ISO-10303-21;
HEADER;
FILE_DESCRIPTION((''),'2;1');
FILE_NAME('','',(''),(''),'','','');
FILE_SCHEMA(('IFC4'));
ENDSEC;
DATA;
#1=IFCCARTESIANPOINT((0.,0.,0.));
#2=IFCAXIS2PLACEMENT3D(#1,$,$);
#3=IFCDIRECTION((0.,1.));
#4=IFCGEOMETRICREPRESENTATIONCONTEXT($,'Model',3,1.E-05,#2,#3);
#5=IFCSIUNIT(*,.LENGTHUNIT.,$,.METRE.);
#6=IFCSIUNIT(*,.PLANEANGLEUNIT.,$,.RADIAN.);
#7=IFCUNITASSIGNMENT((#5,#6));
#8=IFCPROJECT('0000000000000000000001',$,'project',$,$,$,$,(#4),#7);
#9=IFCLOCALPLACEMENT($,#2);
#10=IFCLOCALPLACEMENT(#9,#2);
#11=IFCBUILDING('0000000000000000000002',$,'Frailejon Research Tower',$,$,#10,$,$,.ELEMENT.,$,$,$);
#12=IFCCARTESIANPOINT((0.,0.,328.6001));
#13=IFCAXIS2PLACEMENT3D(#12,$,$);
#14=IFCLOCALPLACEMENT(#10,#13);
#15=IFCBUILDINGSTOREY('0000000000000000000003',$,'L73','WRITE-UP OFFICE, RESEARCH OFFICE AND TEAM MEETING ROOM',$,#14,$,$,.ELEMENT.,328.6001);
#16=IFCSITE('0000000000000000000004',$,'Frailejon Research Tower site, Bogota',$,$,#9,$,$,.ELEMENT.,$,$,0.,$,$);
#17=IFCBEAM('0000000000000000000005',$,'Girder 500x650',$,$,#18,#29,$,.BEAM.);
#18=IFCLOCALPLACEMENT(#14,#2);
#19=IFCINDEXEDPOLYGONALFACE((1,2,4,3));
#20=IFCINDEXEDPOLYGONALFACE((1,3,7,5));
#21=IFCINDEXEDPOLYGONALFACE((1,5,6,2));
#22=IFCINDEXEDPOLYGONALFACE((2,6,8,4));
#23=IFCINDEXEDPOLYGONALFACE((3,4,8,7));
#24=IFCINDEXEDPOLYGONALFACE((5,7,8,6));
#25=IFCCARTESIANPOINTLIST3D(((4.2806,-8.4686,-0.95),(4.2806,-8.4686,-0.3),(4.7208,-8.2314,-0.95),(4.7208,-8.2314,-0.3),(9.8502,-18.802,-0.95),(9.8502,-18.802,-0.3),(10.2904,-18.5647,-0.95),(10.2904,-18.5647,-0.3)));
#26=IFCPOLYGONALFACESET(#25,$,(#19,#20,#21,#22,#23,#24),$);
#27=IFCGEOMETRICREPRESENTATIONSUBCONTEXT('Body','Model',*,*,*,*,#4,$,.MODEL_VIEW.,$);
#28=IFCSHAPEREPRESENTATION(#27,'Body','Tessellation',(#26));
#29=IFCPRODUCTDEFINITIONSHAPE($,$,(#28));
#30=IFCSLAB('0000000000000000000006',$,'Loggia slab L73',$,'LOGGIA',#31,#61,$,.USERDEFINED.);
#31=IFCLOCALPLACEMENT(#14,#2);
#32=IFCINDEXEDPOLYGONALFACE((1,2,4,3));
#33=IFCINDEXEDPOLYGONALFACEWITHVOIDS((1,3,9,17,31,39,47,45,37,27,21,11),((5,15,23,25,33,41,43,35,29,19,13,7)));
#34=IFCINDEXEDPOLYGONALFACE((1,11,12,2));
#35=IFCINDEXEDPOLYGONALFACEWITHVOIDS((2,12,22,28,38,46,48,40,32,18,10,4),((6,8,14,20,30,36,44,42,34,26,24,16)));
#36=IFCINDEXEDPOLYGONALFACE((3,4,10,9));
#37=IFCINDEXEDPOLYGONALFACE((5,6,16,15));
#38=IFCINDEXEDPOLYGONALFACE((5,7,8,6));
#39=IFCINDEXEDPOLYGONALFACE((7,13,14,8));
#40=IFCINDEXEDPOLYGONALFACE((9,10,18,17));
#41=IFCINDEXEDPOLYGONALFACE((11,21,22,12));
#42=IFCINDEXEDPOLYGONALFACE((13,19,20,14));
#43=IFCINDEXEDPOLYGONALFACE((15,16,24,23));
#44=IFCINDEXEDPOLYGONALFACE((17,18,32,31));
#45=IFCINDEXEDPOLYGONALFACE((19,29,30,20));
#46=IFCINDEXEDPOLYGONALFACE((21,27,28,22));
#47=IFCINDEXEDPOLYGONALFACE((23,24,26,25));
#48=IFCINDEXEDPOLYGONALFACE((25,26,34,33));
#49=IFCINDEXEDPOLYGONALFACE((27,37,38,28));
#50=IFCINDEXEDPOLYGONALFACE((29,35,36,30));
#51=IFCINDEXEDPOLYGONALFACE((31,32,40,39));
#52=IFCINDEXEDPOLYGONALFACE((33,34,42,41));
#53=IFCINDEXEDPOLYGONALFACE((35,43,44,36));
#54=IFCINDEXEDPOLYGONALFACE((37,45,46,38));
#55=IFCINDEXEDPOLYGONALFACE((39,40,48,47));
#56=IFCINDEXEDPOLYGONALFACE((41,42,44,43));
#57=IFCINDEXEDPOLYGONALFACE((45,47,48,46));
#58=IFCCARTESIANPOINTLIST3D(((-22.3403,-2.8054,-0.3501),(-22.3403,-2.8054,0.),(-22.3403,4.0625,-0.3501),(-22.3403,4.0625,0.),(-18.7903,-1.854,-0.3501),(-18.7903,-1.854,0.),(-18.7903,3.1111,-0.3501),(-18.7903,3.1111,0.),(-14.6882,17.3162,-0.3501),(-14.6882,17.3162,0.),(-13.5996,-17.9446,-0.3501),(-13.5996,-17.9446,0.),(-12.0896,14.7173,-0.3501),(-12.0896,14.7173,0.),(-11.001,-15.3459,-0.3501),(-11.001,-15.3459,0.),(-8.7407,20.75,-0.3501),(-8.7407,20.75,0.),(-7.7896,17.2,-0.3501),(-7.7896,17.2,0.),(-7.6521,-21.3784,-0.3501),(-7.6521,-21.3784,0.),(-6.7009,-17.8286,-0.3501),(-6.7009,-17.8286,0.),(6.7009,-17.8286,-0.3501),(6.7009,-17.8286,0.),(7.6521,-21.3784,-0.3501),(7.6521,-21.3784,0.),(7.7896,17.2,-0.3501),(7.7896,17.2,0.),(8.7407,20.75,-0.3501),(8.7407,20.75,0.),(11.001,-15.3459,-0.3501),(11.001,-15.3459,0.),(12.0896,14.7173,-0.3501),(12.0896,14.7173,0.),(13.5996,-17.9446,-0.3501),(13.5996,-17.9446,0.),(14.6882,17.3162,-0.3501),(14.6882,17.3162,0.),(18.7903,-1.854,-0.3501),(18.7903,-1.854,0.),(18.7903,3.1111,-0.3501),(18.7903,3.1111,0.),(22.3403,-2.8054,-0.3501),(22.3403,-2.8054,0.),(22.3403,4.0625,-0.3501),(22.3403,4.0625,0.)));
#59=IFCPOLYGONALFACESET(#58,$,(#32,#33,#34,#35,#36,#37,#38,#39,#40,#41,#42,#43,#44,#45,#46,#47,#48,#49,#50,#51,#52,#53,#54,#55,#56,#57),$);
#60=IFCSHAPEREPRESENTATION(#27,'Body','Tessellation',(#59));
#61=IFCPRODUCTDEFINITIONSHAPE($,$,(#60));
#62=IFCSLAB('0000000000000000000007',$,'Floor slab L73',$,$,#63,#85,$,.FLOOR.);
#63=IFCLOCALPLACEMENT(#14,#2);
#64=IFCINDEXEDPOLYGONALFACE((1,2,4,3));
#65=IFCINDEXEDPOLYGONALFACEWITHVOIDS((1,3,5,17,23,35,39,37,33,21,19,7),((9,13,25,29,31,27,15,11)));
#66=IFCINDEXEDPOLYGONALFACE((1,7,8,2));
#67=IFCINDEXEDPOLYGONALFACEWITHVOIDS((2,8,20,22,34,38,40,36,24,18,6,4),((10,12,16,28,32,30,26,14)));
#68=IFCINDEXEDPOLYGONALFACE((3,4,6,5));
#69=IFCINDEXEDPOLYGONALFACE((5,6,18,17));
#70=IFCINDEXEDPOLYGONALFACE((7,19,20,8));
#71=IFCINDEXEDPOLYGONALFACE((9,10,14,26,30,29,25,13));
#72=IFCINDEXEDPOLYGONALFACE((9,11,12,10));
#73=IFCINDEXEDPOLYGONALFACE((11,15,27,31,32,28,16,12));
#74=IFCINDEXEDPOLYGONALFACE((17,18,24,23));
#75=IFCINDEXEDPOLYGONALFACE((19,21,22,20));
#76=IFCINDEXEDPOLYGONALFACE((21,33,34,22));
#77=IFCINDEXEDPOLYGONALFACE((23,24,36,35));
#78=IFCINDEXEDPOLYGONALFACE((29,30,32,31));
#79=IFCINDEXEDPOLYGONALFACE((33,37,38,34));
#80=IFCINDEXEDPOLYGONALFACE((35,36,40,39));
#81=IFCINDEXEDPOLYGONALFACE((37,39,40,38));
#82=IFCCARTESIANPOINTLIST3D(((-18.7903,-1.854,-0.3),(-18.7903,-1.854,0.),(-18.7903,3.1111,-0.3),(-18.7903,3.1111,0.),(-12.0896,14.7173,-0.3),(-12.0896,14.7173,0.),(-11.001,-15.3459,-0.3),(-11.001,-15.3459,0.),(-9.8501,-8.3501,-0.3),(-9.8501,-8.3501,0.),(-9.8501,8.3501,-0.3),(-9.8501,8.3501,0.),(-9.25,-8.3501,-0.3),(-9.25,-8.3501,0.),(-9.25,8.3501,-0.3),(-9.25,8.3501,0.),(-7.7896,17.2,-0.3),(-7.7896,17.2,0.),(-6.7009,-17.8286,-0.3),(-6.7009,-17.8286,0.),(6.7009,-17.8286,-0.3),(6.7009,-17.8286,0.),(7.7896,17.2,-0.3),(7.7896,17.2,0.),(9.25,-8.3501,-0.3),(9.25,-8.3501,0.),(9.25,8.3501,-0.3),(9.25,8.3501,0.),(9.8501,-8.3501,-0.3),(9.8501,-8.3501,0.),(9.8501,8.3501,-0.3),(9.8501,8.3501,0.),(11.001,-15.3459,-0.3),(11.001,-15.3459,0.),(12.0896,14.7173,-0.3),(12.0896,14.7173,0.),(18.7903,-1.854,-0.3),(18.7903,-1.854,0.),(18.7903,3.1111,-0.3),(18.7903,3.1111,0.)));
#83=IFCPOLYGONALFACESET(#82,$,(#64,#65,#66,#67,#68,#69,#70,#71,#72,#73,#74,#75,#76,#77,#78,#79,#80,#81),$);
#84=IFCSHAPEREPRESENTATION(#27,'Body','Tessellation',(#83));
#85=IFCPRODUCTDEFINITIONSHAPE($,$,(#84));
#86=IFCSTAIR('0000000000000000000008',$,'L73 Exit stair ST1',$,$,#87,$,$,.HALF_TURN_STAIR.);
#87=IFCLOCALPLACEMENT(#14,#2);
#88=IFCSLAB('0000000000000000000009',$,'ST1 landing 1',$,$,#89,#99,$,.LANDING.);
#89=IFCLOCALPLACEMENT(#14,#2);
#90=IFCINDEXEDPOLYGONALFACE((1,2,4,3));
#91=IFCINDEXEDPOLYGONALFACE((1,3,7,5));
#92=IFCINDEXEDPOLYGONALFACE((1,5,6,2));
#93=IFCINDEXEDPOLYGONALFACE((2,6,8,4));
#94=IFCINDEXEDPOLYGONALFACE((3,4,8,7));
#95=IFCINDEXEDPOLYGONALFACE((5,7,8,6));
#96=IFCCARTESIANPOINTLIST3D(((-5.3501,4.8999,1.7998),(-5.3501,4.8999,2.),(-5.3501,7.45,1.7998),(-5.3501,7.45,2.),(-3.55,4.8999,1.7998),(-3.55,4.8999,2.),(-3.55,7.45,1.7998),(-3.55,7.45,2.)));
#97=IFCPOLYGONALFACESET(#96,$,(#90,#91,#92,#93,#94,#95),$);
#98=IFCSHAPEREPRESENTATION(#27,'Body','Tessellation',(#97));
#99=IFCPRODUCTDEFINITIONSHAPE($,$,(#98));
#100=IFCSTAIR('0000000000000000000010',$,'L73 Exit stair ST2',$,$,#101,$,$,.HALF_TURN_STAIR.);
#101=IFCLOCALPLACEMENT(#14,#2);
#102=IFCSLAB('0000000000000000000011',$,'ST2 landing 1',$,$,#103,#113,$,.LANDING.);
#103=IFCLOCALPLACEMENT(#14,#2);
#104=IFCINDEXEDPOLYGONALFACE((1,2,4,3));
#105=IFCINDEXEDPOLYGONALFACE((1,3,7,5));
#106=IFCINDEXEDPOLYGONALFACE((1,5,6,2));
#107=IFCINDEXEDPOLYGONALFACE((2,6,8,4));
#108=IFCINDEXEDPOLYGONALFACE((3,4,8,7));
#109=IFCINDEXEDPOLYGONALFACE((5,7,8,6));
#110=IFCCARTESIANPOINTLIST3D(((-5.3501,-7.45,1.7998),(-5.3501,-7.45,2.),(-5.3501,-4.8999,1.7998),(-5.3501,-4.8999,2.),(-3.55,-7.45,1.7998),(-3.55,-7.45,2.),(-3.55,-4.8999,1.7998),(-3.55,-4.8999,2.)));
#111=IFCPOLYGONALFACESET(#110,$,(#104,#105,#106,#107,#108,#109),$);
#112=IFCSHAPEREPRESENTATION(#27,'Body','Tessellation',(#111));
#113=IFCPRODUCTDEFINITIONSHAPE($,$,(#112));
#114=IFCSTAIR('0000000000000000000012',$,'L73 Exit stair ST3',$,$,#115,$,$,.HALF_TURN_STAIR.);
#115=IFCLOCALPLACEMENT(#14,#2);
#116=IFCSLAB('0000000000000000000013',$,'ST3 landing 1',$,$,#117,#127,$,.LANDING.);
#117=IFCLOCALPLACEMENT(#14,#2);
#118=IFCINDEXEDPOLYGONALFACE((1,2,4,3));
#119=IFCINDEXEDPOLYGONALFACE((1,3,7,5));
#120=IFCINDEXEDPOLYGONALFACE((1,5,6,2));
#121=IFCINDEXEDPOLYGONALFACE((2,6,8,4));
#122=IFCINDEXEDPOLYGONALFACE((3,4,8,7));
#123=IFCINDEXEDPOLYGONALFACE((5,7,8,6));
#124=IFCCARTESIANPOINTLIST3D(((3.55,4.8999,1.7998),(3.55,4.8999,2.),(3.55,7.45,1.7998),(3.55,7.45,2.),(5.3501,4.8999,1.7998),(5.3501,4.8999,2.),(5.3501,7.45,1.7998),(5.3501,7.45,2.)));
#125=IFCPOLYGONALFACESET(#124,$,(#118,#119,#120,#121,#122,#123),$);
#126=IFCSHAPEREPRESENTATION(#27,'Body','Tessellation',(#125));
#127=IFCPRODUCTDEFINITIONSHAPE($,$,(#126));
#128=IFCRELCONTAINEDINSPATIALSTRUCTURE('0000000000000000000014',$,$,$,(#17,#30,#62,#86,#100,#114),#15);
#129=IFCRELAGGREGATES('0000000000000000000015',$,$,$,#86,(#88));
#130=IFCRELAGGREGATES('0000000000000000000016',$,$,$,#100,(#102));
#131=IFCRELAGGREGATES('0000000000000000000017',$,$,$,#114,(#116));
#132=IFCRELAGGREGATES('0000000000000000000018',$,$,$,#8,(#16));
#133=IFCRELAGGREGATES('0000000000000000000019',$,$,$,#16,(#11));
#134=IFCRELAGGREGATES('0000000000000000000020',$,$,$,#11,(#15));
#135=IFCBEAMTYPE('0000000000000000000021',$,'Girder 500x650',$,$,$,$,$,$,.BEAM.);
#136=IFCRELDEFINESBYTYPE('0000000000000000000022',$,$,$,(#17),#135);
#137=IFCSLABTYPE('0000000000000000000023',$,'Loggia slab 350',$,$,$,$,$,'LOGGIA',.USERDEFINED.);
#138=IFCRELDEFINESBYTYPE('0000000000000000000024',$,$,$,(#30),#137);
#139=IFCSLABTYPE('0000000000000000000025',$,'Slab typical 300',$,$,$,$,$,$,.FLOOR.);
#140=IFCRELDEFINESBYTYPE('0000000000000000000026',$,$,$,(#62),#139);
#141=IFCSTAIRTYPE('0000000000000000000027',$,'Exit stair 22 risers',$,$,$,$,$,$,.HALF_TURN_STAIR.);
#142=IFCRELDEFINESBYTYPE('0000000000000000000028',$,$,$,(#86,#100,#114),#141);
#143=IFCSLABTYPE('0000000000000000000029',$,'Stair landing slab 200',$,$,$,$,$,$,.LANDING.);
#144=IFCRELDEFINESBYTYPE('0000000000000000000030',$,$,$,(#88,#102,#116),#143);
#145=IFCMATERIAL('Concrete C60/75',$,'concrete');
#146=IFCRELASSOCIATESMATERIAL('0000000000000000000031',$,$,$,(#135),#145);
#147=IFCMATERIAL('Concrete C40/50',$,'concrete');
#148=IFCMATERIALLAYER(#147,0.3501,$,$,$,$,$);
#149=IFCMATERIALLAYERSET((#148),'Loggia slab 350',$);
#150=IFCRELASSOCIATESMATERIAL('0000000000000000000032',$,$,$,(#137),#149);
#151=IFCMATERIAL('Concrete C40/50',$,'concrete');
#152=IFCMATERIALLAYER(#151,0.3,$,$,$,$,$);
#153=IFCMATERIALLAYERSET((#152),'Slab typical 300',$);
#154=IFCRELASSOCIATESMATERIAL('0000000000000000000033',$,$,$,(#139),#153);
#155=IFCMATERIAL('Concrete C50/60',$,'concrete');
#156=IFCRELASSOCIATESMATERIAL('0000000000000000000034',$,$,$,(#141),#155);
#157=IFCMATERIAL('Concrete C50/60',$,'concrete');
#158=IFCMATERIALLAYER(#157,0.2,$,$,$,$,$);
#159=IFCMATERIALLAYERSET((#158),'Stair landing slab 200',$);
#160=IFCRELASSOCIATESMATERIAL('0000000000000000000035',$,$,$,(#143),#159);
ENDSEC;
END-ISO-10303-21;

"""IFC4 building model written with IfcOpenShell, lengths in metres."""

from ifc_helpers import new_model, si_unit, direction, frame, origin, origin_2d, place, context, subcontext, project, spatial, polyline, rectangle, outline, extrude, material, layer, layer_set, material_profile, profile_set, type_object, element, aggregate, save


model = new_model("IFC4")

# Units and contexts
model_context = context("Model", 3, precision=1e-05, world=origin(), true_north=direction((0.0, 1.0)))
body_context = subcontext(model_context, "Body", "Model", "MODEL_VIEW")
ifc_project = project(units=[si_unit("LENGTHUNIT", "METRE"), si_unit("PLANEANGLEUNIT", "RADIAN")], contexts=[model_context])

# Site, building, storey
site_placement = place(None, origin())
site = spatial("IfcSite", under=ifc_project, at=site_placement, Name="Frailejon Research Tower site, Bogota", CompositionType="ELEMENT", RefElevation=0.0)
building_placement = place(site_placement, origin())
building = spatial("IfcBuilding", under=site, at=building_placement, Name="Frailejon Research Tower", CompositionType="ELEMENT")
storey_placement = place(building_placement, frame((0.0, 0.0, 328.6001)))
storey = spatial("IfcBuildingStorey", under=building, at=storey_placement, Name="L73", Description="WRITE-UP OFFICE, RESEARCH OFFICE AND TEAM MEETING ROOM", CompositionType="ELEMENT", Elevation=328.6001)

# Beam
ifc_material_1 = material(Name="Concrete C60/75", Category="concrete")
ifc_material_profile = material_profile(ifc_material_1, rectangle(XDim=0.5, YDim=0.6499, at=origin_2d()), Name="Girder 500x650")
ifc_profile_set = profile_set([ifc_material_profile], Name="Concrete C60/75")
beam_type = type_object("IfcBeamType", Name="Girder 500x650", PredefinedType="BEAM", material=ifc_profile_set)
beam_placement = place(storey_placement, frame((10.0703, -18.6833, -0.625), z_axis=(-0.474464, 0.880275, 0.0), x_axis=(-0.880275, -0.474464, 0.0)))
element("IfcBeam", 1, at=beam_placement, inside=storey, type_object=beam_type, Name="Girder 500x650", PredefinedType="BEAM", context=body_context, shape_type="SweptSolid", body=[
    extrude(rectangle(XDim=0.5, YDim=0.6499, at=origin_2d()), origin(), (0.0, 0.0, 1.0), 11.7388),
])

# Slabs
ifc_material_2 = material(Name="Concrete C40/50", Category="concrete")
ifc_layer_1 = layer(ifc_material_2, 0.3501)
ifc_layer_set_1 = layer_set([ifc_layer_1], Name="Loggia slab 350")
slab_type_1 = type_object("IfcSlabType", Name="Loggia slab 350", ElementType="LOGGIA", PredefinedType="USERDEFINED", material=ifc_layer_set_1)
slab_1_placement = place(storey_placement, frame((0.0, 0.0, -0.3501)))
element("IfcSlab", 2, at=slab_1_placement, inside=storey, type_object=slab_type_1, Name="Loggia slab L73", ObjectType="LOGGIA", PredefinedType="USERDEFINED", context=body_context, shape_type="SweptSolid", body=[
    extrude(outline(polyline([(13.5996, -17.9446), (7.6521, -21.3784), (-7.6521, -21.3784), (-13.5996, -17.9446), (-22.3403, -2.8054), (-22.3403, 4.0625), (-14.6882, 17.3162), (-8.7407, 20.75), (8.7407, 20.75), (14.6882, 17.3162), (22.3403, 4.0625), (22.3403, -2.8054), (13.5996, -17.9446)]), holes=[polyline([(18.7903, 3.1111), (12.0896, 14.7173), (7.7896, 17.2), (-7.7896, 17.2), (-12.0896, 14.7173), (-18.7903, 3.1111), (-18.7903, -1.854), (-11.001, -15.3459), (-6.7009, -17.8286), (6.7009, -17.8286), (11.001, -15.3459), (18.7903, -1.854), (18.7903, 3.1111)])]), origin(), (0.0, 0.0, 1.0), 0.3501),
])
ifc_material_3 = material(Name="Concrete C40/50", Category="concrete")
ifc_layer_2 = layer(ifc_material_3, 0.3)
ifc_layer_set_2 = layer_set([ifc_layer_2], Name="Slab typical 300")
slab_type_2 = type_object("IfcSlabType", Name="Slab typical 300", PredefinedType="FLOOR", material=ifc_layer_set_2)
slab_2_placement = place(storey_placement, frame((0.0, 0.0, -0.3)))
element("IfcSlab", 3, at=slab_2_placement, inside=storey, type_object=slab_type_2, Name="Floor slab L73", PredefinedType="FLOOR", context=body_context, shape_type="SweptSolid", body=[
    extrude(outline(polyline([(18.7903, -1.854), (18.7903, 3.1111), (12.0896, 14.7173), (7.7896, 17.2), (-7.7896, 17.2), (-12.0896, 14.7173), (-18.7903, 3.1111), (-18.7903, -1.854), (-11.001, -15.3459), (-6.7009, -17.8286), (6.7009, -17.8286), (11.001, -15.3459), (18.7903, -1.854)]), holes=[polyline([(9.25, 8.3501), (9.8501, 8.3501), (9.8501, -8.3501), (9.25, -8.3501), (-9.25, -8.3501), (-9.8501, -8.3501), (-9.8501, 8.3501), (-9.25, 8.3501), (9.25, 8.3501)])]), origin(), (0.0, 0.0, 1.0), 0.3),
])

# Stairs, slabs
ifc_material_4 = material(Name="Concrete C50/60", Category="concrete")
stair_type = type_object("IfcStairType", Name="Exit stair 22 risers", PredefinedType="HALF_TURN_STAIR", material=ifc_material_4)
stair_1_placement = place(storey_placement, origin())
stair_1 = element("IfcStair", 4, at=stair_1_placement, inside=storey, type_object=stair_type, Name="L73 Exit stair ST1", PredefinedType="HALF_TURN_STAIR")
ifc_material_5 = material(Name="Concrete C50/60", Category="concrete")
ifc_layer_3 = layer(ifc_material_5, 0.2)
ifc_layer_set_3 = layer_set([ifc_layer_3], Name="Stair landing slab 200")
slab_type_3 = type_object("IfcSlabType", Name="Stair landing slab 200", PredefinedType="LANDING", material=ifc_layer_set_3)
slab_3_placement = place(storey_placement, frame((0.0, 0.0, 1.7998)))
slab_3 = element("IfcSlab", 5, at=slab_3_placement, type_object=slab_type_3, Name="ST1 landing 1", PredefinedType="LANDING", context=body_context, shape_type="SweptSolid", body=[
    extrude(outline(polyline([(-5.3501, 4.8999), (-3.55, 4.8999), (-3.55, 7.45), (-5.3501, 7.45), (-5.3501, 4.8999)])), origin(), (0.0, 0.0, 1.0), 0.2002),
])
aggregate(stair_1, [slab_3])
stair_2_placement = place(storey_placement, origin())
stair_2 = element("IfcStair", 6, at=stair_2_placement, inside=storey, type_object=stair_type, Name="L73 Exit stair ST2", PredefinedType="HALF_TURN_STAIR")
slab_4_placement = place(storey_placement, frame((0.0, 0.0, 1.7998)))
slab_4 = element("IfcSlab", 7, at=slab_4_placement, type_object=slab_type_3, Name="ST2 landing 1", PredefinedType="LANDING", context=body_context, shape_type="SweptSolid", body=[
    extrude(outline(polyline([(-5.3501, -7.45), (-3.55, -7.45), (-3.55, -4.8999), (-5.3501, -4.8999), (-5.3501, -7.45)])), origin(), (0.0, 0.0, 1.0), 0.2002),
])
aggregate(stair_2, [slab_4])
stair_3_placement = place(storey_placement, origin())
stair_3 = element("IfcStair", 8, at=stair_3_placement, inside=storey, type_object=stair_type, Name="L73 Exit stair ST3", PredefinedType="HALF_TURN_STAIR")
slab_5_placement = place(storey_placement, frame((0.0, 0.0, 1.7998)))
slab_5 = element("IfcSlab", 9, at=slab_5_placement, type_object=slab_type_3, Name="ST3 landing 1", PredefinedType="LANDING", context=body_context, shape_type="SweptSolid", body=[
    extrude(outline(polyline([(5.3501, 7.45), (3.55, 7.45), (3.55, 4.8999), (5.3501, 4.8999), (5.3501, 7.45)])), origin(), (0.0, 0.0, 1.0), 0.2002),
])
aggregate(stair_3, [slab_5])

save(model, "model.ifc")
